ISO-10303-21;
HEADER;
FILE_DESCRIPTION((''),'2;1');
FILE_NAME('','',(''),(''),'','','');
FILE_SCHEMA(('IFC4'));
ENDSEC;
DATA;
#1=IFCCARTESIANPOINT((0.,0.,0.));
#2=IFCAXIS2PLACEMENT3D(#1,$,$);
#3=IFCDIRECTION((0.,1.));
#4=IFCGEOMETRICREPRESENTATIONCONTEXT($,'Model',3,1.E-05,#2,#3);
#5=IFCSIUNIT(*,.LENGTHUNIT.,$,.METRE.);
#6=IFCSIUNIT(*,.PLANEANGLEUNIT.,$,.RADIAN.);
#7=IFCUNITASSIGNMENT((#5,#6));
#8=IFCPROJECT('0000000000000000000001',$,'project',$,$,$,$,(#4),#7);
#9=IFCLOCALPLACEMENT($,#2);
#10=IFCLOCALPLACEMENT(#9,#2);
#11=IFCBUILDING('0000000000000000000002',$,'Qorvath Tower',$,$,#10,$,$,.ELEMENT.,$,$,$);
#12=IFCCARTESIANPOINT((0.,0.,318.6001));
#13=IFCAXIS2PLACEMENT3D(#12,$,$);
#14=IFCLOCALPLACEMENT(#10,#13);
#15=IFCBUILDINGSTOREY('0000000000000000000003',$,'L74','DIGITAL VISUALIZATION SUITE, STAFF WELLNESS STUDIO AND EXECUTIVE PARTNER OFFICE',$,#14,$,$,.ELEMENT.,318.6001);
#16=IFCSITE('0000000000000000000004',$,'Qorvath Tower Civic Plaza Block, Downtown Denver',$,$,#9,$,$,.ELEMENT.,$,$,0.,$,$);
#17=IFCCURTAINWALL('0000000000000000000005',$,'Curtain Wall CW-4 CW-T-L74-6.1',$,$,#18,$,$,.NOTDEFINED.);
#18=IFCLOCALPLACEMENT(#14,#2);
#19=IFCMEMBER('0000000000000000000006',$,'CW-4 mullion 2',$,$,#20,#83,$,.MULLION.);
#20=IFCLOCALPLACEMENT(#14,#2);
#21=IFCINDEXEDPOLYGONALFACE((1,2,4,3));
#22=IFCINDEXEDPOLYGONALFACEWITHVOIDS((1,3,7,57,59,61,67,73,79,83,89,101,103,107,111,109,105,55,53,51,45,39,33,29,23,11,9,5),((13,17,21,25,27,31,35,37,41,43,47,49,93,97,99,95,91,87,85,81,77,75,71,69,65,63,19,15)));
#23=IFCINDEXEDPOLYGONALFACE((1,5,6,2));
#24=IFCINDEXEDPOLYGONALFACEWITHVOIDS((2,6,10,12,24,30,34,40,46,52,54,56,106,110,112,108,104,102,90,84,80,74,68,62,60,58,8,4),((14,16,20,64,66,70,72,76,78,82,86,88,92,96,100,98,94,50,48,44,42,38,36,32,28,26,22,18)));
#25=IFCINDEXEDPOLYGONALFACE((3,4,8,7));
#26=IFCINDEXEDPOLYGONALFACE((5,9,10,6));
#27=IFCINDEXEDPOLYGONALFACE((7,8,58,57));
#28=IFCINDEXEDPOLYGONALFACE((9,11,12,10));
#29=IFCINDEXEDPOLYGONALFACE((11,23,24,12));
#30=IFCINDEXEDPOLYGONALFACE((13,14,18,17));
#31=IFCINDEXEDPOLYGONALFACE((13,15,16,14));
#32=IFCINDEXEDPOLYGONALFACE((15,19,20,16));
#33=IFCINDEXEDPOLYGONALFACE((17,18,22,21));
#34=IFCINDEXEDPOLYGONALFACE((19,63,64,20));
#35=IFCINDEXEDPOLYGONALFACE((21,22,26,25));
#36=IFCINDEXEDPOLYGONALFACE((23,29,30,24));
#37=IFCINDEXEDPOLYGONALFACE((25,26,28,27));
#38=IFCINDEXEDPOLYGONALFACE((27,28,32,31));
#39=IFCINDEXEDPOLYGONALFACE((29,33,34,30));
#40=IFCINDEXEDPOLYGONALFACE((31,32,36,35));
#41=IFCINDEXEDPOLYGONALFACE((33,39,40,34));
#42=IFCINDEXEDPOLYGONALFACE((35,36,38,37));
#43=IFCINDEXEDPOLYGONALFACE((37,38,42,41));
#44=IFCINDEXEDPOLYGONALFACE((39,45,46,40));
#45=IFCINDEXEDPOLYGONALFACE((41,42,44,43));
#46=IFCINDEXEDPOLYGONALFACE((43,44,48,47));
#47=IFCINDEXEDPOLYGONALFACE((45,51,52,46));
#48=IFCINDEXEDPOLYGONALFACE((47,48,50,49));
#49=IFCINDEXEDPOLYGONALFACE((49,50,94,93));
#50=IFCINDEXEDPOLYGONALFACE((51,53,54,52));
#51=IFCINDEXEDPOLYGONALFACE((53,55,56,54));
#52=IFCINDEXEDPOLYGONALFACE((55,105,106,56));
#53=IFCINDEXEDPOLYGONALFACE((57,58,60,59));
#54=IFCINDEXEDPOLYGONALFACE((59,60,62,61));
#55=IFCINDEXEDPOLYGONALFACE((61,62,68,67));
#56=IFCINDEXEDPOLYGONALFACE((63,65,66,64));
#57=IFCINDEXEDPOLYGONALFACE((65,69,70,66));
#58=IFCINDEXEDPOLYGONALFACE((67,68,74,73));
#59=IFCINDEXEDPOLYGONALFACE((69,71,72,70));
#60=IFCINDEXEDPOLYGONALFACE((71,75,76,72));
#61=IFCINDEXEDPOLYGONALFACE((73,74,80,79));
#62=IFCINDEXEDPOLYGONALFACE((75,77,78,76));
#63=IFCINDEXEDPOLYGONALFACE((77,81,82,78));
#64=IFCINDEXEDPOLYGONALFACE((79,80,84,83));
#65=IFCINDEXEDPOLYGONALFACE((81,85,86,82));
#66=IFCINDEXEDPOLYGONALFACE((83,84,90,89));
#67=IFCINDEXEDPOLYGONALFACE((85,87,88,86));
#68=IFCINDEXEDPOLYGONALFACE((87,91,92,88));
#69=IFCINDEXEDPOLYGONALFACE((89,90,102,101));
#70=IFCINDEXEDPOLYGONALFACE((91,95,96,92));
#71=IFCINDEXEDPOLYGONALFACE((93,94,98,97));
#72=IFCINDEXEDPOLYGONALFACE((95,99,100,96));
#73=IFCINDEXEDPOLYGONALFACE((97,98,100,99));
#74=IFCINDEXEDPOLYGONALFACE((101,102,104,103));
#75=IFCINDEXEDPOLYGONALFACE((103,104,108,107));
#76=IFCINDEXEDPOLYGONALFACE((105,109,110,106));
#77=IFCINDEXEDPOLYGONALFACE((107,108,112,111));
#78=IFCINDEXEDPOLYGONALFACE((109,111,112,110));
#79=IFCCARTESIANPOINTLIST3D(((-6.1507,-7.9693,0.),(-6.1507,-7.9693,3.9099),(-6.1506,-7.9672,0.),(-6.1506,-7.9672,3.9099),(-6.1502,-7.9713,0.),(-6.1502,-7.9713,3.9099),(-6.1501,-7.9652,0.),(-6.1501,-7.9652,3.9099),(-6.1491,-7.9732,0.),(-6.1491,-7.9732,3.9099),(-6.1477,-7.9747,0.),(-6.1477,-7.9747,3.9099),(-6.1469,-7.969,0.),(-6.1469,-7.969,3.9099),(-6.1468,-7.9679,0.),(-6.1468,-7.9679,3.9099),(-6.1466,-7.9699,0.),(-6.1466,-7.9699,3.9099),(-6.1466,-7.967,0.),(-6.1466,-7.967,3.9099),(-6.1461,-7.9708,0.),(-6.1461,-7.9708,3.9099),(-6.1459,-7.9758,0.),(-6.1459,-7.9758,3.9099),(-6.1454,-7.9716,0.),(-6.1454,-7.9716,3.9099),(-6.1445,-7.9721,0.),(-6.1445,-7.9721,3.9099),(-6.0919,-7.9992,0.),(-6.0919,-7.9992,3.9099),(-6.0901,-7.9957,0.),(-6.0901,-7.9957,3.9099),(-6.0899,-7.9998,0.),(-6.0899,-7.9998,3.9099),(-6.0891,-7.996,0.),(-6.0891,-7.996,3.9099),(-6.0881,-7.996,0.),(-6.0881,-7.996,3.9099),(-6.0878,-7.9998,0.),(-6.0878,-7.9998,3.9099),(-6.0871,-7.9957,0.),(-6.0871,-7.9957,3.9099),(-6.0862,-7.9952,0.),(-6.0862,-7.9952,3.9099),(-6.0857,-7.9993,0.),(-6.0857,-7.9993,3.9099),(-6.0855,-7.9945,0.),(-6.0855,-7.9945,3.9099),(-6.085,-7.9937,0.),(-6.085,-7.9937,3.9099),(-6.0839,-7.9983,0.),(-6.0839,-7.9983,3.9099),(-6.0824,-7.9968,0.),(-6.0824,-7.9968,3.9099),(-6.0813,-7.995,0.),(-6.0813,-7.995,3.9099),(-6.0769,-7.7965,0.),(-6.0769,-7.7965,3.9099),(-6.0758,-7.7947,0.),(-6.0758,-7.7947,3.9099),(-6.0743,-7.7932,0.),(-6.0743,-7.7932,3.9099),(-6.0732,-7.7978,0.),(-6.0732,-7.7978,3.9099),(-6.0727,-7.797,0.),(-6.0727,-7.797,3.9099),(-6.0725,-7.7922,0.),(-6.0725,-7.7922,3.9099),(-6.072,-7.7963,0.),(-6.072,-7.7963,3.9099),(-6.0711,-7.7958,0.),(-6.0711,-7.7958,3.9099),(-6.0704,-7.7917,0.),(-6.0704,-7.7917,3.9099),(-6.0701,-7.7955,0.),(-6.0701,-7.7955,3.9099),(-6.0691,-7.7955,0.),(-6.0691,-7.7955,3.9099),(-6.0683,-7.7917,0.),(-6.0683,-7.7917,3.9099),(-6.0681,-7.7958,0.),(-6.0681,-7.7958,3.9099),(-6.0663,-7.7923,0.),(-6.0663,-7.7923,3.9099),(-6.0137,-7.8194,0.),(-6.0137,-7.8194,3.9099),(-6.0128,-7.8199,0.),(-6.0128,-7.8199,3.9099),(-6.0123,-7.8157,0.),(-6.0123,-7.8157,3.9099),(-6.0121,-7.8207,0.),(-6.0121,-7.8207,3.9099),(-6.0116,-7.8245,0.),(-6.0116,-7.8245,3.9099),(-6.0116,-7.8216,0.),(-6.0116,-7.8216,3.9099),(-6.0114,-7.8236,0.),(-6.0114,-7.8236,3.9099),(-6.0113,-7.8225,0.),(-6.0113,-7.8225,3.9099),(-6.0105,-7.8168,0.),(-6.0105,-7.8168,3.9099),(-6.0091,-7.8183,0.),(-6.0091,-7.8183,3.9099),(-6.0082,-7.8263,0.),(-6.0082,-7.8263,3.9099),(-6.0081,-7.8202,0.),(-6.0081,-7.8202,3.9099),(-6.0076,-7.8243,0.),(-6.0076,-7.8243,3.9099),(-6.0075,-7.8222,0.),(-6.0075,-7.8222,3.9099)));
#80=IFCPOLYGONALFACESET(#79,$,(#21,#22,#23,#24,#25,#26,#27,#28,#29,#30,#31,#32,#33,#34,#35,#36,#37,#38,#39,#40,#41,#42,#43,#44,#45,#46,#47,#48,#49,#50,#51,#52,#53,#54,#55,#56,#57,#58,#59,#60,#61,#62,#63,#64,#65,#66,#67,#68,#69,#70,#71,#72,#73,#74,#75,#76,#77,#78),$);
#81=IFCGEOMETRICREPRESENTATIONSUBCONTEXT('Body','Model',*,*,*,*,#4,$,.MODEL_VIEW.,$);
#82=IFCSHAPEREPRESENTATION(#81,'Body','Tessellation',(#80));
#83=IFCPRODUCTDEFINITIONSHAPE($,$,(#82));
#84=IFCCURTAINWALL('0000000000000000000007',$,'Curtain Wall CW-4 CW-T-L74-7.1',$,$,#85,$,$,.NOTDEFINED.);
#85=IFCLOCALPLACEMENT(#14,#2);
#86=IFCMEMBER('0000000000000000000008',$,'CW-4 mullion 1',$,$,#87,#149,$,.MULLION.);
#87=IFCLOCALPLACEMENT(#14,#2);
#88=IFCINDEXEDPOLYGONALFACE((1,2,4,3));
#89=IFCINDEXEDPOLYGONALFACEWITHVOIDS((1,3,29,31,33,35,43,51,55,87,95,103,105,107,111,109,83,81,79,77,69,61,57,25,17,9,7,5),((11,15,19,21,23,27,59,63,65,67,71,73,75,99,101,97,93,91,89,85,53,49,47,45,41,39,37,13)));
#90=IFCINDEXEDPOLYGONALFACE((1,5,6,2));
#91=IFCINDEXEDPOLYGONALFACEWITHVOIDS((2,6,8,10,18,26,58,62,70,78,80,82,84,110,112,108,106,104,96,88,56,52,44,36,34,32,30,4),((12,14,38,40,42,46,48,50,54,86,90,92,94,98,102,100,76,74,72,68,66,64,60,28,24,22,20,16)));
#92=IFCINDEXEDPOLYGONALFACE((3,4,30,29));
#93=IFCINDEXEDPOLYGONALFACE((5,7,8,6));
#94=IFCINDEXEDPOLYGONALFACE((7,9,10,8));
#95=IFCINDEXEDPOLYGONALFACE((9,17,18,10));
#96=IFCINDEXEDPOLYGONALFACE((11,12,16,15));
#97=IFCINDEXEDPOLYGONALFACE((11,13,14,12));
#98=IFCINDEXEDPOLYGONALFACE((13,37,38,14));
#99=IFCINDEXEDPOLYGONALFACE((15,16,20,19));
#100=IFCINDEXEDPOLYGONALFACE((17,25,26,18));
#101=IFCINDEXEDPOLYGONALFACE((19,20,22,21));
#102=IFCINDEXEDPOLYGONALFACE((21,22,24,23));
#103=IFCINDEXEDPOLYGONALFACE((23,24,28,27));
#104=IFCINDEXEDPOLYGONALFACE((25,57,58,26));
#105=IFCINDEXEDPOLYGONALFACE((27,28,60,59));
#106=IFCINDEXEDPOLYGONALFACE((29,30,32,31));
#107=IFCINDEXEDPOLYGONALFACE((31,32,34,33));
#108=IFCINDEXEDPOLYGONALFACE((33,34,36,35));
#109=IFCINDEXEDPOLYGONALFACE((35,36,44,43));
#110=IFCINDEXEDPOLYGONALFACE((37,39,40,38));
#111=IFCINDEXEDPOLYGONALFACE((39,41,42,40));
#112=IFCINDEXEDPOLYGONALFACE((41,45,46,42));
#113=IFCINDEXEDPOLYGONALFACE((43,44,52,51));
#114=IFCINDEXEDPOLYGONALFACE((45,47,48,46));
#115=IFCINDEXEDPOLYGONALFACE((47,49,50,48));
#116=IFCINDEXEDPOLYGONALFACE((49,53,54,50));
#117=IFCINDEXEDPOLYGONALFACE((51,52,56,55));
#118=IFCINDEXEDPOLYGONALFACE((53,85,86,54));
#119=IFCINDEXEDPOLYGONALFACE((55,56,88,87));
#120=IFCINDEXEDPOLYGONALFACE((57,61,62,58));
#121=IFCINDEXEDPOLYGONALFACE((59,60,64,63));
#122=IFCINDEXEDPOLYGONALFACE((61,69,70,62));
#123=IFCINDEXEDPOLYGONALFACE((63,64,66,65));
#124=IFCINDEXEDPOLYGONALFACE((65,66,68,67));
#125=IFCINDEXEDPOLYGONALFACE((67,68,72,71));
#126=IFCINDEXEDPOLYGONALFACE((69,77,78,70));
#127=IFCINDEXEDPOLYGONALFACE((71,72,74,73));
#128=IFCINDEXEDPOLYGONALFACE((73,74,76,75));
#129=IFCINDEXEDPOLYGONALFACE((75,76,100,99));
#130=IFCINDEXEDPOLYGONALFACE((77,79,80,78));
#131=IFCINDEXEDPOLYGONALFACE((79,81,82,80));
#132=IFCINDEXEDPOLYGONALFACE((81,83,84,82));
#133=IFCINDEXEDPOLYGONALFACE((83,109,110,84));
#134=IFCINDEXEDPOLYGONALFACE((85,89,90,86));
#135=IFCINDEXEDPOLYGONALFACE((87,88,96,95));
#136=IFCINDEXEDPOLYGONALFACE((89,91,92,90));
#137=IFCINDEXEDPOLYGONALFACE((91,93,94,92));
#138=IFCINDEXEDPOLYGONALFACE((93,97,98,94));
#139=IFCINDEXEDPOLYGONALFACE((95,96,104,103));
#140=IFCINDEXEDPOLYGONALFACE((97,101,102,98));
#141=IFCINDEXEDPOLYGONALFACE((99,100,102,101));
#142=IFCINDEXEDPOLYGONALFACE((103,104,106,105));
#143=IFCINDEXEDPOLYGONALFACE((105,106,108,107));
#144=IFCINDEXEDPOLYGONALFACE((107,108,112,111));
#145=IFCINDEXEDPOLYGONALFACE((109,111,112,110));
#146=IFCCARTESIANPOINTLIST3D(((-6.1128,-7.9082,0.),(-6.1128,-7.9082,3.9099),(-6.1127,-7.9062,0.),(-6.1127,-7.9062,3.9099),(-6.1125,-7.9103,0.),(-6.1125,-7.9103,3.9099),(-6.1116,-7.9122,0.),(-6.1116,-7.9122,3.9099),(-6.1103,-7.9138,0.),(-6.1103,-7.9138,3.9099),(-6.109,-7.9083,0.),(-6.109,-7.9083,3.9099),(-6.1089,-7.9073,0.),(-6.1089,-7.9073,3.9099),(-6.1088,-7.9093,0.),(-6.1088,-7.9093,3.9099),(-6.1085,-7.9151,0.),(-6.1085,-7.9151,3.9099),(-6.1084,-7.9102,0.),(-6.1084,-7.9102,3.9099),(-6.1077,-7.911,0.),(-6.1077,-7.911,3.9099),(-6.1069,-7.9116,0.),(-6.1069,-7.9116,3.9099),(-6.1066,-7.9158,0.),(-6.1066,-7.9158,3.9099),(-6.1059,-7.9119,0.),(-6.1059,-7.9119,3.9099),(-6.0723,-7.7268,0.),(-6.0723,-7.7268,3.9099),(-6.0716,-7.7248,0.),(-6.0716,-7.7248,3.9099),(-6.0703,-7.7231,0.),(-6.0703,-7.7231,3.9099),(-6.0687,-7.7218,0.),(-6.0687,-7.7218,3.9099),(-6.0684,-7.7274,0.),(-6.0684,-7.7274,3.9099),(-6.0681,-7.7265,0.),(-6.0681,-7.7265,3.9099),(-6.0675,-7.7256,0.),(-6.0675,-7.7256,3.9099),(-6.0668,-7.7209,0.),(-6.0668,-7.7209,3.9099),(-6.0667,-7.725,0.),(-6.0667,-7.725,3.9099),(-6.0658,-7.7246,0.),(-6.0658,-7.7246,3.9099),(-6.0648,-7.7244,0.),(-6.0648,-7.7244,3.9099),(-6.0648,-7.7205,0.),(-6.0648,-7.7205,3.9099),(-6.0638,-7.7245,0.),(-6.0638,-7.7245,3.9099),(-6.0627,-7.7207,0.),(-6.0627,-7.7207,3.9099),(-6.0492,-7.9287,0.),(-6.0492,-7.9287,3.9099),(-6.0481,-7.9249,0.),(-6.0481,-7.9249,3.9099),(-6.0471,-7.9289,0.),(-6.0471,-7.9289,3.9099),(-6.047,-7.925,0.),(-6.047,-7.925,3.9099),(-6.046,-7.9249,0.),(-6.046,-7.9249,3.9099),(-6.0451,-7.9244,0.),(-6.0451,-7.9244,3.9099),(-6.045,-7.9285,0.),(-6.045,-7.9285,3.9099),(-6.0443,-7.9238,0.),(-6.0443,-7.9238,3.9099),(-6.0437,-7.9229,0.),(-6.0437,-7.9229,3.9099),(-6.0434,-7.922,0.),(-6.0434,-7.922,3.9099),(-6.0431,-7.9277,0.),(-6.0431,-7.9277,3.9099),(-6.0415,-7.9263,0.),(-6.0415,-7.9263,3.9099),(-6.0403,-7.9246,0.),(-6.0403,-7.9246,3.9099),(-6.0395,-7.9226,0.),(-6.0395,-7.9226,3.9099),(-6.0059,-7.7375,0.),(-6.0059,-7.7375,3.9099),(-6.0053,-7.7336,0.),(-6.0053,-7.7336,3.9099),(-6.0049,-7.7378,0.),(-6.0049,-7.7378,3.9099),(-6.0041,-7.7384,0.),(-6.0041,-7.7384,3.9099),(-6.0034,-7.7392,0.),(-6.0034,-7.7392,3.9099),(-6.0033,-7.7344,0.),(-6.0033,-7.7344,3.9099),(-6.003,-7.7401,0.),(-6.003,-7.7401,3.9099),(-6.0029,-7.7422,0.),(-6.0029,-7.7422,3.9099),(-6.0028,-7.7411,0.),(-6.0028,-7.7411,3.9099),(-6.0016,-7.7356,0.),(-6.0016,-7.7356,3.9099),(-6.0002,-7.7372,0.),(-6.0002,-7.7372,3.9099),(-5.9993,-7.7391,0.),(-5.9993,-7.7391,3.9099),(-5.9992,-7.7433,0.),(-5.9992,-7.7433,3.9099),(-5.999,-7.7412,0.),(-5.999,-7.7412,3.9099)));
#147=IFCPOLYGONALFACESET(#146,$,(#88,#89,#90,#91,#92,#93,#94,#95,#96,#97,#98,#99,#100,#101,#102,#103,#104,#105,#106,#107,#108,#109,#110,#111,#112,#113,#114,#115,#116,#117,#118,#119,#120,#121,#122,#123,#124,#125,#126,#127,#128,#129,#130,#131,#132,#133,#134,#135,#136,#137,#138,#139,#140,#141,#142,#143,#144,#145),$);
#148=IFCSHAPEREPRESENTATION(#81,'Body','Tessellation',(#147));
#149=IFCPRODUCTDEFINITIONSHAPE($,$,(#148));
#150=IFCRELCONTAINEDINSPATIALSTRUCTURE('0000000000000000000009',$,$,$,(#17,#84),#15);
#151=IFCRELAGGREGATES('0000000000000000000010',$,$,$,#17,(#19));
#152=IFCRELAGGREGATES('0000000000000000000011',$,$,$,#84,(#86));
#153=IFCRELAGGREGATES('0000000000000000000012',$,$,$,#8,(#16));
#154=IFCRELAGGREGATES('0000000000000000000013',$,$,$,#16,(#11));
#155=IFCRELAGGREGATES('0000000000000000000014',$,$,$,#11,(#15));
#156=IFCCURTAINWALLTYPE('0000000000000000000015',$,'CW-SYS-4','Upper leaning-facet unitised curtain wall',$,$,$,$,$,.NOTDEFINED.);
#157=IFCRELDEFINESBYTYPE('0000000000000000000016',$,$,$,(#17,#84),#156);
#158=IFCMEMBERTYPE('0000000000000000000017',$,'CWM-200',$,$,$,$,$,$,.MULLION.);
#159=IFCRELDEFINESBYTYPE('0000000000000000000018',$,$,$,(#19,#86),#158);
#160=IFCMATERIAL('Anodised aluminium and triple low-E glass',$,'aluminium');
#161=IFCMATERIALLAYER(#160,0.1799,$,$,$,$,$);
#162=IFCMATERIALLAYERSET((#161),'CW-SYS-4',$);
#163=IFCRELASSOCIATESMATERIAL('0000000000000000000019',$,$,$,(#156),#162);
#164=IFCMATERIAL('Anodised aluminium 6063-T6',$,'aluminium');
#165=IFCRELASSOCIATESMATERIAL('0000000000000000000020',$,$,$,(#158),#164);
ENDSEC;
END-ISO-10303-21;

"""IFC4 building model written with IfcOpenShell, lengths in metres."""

from ifc_helpers import new_model, si_unit, direction, frame, origin, origin_2d, place, context, subcontext, project, spatial, hollow_rectangle, extrude, material, layer, layer_set, material_profile, profile_set, type_object, element, aggregate, save


model = new_model("IFC4")

# Units and contexts
model_context = context("Model", 3, precision=1e-05, world=origin(), true_north=direction((0.0, 1.0)))
body_context = subcontext(model_context, "Body", "Model", "MODEL_VIEW")
ifc_project = project(units=[si_unit("LENGTHUNIT", "METRE"), si_unit("PLANEANGLEUNIT", "RADIAN")], contexts=[model_context])

# Site, building, storey
site_placement = place(None, origin())
site = spatial("IfcSite", under=ifc_project, at=site_placement, Name="Qorvath Tower Civic Plaza Block, Downtown Denver", CompositionType="ELEMENT", RefElevation=0.0)
building_placement = place(site_placement, origin())
building = spatial("IfcBuilding", under=site, at=building_placement, Name="Qorvath Tower", CompositionType="ELEMENT")
storey_placement = place(building_placement, frame((0.0, 0.0, 318.6001)))
storey = spatial("IfcBuildingStorey", under=building, at=storey_placement, Name="L74", Description="DIGITAL VISUALIZATION SUITE, STAFF WELLNESS STUDIO AND EXECUTIVE PARTNER OFFICE", CompositionType="ELEMENT", Elevation=318.6001)

# Curtain wall, member
ifc_material_1 = material(Name="Anodised aluminium and triple low-E glass", Category="aluminium")
ifc_layer_1 = layer(ifc_material_1, 0.1799)
ifc_layer_set_1 = layer_set([ifc_layer_1], Name="CW-SYS-4")
curtain_wall_type = type_object("IfcCurtainWallType", Name="CW-SYS-4", Description="Upper leaning-facet unitised curtain wall", PredefinedType="NOTDEFINED", material=ifc_layer_set_1)
curtain_wall_1_placement = place(storey_placement, origin())
curtain_wall_1 = element("IfcCurtainWall", 1, at=curtain_wall_1_placement, inside=storey, type_object=curtain_wall_type, Name="Curtain Wall CW-4 CW-T-L74-6.1", PredefinedType="NOTDEFINED")
ifc_material_2 = material(Name="Anodised aluminium 6063-T6", Category="aluminium")
ifc_material_profile_1 = material_profile(ifc_material_2, hollow_rectangle(XDim=0.075, YDim=0.2, WallThickness=0.0039, InnerFilletRadius=0.0039, OuterFilletRadius=0.0081, at=origin_2d()), Name="CWM 200x75")
ifc_profile_set_1 = profile_set([ifc_material_profile_1], Name="Anodised aluminium 6063-T6")
member_type_1 = type_object("IfcMemberType", Name="CWM-200", PredefinedType="MULLION", material=ifc_profile_set_1)
member_1_placement = place(storey_placement, frame((-6.0791, -7.8958, 0.0), z_axis=(0.0, 0.0, 1.0), x_axis=(-0.917467, 0.397813, 0.0)))
member_1 = element("IfcMember", 2, at=member_1_placement, type_object=member_type_1, Name="CW-4 mullion 2", PredefinedType="MULLION", context=body_context, shape_type="SweptSolid", body=[
    extrude(hollow_rectangle(XDim=0.075, YDim=0.2, WallThickness=0.0039, InnerFilletRadius=0.0039, OuterFilletRadius=0.0081, at=origin_2d()), origin(), (0.0, 0.0, 1.0), 3.9099),
])

# Curtain wall, member
curtain_wall_2_placement = place(storey_placement, origin())
curtain_wall_2 = element("IfcCurtainWall", 3, at=curtain_wall_2_placement, inside=storey, type_object=curtain_wall_type, Name="Curtain Wall CW-4 CW-T-L74-7.1", PredefinedType="NOTDEFINED")
member_2_placement = place(storey_placement, frame((-6.0559, -7.8247, 0.0), z_axis=(0.0, 0.0, 1.0), x_axis=(-0.975597, 0.219569, 0.0)))
member_2 = element("IfcMember", 4, at=member_2_placement, type_object=member_type_1, Name="CW-4 mullion 1", PredefinedType="MULLION", context=body_context, shape_type="SweptSolid", body=[
    extrude(hollow_rectangle(XDim=0.075, YDim=0.2, WallThickness=0.0039, InnerFilletRadius=0.0039, OuterFilletRadius=0.0081, at=origin_2d()), origin(), (0.0, 0.0, 1.0), 3.9099),
])

aggregate(curtain_wall_1, [member_1])
aggregate(curtain_wall_2, [member_2])

save(model, "model.ifc")
